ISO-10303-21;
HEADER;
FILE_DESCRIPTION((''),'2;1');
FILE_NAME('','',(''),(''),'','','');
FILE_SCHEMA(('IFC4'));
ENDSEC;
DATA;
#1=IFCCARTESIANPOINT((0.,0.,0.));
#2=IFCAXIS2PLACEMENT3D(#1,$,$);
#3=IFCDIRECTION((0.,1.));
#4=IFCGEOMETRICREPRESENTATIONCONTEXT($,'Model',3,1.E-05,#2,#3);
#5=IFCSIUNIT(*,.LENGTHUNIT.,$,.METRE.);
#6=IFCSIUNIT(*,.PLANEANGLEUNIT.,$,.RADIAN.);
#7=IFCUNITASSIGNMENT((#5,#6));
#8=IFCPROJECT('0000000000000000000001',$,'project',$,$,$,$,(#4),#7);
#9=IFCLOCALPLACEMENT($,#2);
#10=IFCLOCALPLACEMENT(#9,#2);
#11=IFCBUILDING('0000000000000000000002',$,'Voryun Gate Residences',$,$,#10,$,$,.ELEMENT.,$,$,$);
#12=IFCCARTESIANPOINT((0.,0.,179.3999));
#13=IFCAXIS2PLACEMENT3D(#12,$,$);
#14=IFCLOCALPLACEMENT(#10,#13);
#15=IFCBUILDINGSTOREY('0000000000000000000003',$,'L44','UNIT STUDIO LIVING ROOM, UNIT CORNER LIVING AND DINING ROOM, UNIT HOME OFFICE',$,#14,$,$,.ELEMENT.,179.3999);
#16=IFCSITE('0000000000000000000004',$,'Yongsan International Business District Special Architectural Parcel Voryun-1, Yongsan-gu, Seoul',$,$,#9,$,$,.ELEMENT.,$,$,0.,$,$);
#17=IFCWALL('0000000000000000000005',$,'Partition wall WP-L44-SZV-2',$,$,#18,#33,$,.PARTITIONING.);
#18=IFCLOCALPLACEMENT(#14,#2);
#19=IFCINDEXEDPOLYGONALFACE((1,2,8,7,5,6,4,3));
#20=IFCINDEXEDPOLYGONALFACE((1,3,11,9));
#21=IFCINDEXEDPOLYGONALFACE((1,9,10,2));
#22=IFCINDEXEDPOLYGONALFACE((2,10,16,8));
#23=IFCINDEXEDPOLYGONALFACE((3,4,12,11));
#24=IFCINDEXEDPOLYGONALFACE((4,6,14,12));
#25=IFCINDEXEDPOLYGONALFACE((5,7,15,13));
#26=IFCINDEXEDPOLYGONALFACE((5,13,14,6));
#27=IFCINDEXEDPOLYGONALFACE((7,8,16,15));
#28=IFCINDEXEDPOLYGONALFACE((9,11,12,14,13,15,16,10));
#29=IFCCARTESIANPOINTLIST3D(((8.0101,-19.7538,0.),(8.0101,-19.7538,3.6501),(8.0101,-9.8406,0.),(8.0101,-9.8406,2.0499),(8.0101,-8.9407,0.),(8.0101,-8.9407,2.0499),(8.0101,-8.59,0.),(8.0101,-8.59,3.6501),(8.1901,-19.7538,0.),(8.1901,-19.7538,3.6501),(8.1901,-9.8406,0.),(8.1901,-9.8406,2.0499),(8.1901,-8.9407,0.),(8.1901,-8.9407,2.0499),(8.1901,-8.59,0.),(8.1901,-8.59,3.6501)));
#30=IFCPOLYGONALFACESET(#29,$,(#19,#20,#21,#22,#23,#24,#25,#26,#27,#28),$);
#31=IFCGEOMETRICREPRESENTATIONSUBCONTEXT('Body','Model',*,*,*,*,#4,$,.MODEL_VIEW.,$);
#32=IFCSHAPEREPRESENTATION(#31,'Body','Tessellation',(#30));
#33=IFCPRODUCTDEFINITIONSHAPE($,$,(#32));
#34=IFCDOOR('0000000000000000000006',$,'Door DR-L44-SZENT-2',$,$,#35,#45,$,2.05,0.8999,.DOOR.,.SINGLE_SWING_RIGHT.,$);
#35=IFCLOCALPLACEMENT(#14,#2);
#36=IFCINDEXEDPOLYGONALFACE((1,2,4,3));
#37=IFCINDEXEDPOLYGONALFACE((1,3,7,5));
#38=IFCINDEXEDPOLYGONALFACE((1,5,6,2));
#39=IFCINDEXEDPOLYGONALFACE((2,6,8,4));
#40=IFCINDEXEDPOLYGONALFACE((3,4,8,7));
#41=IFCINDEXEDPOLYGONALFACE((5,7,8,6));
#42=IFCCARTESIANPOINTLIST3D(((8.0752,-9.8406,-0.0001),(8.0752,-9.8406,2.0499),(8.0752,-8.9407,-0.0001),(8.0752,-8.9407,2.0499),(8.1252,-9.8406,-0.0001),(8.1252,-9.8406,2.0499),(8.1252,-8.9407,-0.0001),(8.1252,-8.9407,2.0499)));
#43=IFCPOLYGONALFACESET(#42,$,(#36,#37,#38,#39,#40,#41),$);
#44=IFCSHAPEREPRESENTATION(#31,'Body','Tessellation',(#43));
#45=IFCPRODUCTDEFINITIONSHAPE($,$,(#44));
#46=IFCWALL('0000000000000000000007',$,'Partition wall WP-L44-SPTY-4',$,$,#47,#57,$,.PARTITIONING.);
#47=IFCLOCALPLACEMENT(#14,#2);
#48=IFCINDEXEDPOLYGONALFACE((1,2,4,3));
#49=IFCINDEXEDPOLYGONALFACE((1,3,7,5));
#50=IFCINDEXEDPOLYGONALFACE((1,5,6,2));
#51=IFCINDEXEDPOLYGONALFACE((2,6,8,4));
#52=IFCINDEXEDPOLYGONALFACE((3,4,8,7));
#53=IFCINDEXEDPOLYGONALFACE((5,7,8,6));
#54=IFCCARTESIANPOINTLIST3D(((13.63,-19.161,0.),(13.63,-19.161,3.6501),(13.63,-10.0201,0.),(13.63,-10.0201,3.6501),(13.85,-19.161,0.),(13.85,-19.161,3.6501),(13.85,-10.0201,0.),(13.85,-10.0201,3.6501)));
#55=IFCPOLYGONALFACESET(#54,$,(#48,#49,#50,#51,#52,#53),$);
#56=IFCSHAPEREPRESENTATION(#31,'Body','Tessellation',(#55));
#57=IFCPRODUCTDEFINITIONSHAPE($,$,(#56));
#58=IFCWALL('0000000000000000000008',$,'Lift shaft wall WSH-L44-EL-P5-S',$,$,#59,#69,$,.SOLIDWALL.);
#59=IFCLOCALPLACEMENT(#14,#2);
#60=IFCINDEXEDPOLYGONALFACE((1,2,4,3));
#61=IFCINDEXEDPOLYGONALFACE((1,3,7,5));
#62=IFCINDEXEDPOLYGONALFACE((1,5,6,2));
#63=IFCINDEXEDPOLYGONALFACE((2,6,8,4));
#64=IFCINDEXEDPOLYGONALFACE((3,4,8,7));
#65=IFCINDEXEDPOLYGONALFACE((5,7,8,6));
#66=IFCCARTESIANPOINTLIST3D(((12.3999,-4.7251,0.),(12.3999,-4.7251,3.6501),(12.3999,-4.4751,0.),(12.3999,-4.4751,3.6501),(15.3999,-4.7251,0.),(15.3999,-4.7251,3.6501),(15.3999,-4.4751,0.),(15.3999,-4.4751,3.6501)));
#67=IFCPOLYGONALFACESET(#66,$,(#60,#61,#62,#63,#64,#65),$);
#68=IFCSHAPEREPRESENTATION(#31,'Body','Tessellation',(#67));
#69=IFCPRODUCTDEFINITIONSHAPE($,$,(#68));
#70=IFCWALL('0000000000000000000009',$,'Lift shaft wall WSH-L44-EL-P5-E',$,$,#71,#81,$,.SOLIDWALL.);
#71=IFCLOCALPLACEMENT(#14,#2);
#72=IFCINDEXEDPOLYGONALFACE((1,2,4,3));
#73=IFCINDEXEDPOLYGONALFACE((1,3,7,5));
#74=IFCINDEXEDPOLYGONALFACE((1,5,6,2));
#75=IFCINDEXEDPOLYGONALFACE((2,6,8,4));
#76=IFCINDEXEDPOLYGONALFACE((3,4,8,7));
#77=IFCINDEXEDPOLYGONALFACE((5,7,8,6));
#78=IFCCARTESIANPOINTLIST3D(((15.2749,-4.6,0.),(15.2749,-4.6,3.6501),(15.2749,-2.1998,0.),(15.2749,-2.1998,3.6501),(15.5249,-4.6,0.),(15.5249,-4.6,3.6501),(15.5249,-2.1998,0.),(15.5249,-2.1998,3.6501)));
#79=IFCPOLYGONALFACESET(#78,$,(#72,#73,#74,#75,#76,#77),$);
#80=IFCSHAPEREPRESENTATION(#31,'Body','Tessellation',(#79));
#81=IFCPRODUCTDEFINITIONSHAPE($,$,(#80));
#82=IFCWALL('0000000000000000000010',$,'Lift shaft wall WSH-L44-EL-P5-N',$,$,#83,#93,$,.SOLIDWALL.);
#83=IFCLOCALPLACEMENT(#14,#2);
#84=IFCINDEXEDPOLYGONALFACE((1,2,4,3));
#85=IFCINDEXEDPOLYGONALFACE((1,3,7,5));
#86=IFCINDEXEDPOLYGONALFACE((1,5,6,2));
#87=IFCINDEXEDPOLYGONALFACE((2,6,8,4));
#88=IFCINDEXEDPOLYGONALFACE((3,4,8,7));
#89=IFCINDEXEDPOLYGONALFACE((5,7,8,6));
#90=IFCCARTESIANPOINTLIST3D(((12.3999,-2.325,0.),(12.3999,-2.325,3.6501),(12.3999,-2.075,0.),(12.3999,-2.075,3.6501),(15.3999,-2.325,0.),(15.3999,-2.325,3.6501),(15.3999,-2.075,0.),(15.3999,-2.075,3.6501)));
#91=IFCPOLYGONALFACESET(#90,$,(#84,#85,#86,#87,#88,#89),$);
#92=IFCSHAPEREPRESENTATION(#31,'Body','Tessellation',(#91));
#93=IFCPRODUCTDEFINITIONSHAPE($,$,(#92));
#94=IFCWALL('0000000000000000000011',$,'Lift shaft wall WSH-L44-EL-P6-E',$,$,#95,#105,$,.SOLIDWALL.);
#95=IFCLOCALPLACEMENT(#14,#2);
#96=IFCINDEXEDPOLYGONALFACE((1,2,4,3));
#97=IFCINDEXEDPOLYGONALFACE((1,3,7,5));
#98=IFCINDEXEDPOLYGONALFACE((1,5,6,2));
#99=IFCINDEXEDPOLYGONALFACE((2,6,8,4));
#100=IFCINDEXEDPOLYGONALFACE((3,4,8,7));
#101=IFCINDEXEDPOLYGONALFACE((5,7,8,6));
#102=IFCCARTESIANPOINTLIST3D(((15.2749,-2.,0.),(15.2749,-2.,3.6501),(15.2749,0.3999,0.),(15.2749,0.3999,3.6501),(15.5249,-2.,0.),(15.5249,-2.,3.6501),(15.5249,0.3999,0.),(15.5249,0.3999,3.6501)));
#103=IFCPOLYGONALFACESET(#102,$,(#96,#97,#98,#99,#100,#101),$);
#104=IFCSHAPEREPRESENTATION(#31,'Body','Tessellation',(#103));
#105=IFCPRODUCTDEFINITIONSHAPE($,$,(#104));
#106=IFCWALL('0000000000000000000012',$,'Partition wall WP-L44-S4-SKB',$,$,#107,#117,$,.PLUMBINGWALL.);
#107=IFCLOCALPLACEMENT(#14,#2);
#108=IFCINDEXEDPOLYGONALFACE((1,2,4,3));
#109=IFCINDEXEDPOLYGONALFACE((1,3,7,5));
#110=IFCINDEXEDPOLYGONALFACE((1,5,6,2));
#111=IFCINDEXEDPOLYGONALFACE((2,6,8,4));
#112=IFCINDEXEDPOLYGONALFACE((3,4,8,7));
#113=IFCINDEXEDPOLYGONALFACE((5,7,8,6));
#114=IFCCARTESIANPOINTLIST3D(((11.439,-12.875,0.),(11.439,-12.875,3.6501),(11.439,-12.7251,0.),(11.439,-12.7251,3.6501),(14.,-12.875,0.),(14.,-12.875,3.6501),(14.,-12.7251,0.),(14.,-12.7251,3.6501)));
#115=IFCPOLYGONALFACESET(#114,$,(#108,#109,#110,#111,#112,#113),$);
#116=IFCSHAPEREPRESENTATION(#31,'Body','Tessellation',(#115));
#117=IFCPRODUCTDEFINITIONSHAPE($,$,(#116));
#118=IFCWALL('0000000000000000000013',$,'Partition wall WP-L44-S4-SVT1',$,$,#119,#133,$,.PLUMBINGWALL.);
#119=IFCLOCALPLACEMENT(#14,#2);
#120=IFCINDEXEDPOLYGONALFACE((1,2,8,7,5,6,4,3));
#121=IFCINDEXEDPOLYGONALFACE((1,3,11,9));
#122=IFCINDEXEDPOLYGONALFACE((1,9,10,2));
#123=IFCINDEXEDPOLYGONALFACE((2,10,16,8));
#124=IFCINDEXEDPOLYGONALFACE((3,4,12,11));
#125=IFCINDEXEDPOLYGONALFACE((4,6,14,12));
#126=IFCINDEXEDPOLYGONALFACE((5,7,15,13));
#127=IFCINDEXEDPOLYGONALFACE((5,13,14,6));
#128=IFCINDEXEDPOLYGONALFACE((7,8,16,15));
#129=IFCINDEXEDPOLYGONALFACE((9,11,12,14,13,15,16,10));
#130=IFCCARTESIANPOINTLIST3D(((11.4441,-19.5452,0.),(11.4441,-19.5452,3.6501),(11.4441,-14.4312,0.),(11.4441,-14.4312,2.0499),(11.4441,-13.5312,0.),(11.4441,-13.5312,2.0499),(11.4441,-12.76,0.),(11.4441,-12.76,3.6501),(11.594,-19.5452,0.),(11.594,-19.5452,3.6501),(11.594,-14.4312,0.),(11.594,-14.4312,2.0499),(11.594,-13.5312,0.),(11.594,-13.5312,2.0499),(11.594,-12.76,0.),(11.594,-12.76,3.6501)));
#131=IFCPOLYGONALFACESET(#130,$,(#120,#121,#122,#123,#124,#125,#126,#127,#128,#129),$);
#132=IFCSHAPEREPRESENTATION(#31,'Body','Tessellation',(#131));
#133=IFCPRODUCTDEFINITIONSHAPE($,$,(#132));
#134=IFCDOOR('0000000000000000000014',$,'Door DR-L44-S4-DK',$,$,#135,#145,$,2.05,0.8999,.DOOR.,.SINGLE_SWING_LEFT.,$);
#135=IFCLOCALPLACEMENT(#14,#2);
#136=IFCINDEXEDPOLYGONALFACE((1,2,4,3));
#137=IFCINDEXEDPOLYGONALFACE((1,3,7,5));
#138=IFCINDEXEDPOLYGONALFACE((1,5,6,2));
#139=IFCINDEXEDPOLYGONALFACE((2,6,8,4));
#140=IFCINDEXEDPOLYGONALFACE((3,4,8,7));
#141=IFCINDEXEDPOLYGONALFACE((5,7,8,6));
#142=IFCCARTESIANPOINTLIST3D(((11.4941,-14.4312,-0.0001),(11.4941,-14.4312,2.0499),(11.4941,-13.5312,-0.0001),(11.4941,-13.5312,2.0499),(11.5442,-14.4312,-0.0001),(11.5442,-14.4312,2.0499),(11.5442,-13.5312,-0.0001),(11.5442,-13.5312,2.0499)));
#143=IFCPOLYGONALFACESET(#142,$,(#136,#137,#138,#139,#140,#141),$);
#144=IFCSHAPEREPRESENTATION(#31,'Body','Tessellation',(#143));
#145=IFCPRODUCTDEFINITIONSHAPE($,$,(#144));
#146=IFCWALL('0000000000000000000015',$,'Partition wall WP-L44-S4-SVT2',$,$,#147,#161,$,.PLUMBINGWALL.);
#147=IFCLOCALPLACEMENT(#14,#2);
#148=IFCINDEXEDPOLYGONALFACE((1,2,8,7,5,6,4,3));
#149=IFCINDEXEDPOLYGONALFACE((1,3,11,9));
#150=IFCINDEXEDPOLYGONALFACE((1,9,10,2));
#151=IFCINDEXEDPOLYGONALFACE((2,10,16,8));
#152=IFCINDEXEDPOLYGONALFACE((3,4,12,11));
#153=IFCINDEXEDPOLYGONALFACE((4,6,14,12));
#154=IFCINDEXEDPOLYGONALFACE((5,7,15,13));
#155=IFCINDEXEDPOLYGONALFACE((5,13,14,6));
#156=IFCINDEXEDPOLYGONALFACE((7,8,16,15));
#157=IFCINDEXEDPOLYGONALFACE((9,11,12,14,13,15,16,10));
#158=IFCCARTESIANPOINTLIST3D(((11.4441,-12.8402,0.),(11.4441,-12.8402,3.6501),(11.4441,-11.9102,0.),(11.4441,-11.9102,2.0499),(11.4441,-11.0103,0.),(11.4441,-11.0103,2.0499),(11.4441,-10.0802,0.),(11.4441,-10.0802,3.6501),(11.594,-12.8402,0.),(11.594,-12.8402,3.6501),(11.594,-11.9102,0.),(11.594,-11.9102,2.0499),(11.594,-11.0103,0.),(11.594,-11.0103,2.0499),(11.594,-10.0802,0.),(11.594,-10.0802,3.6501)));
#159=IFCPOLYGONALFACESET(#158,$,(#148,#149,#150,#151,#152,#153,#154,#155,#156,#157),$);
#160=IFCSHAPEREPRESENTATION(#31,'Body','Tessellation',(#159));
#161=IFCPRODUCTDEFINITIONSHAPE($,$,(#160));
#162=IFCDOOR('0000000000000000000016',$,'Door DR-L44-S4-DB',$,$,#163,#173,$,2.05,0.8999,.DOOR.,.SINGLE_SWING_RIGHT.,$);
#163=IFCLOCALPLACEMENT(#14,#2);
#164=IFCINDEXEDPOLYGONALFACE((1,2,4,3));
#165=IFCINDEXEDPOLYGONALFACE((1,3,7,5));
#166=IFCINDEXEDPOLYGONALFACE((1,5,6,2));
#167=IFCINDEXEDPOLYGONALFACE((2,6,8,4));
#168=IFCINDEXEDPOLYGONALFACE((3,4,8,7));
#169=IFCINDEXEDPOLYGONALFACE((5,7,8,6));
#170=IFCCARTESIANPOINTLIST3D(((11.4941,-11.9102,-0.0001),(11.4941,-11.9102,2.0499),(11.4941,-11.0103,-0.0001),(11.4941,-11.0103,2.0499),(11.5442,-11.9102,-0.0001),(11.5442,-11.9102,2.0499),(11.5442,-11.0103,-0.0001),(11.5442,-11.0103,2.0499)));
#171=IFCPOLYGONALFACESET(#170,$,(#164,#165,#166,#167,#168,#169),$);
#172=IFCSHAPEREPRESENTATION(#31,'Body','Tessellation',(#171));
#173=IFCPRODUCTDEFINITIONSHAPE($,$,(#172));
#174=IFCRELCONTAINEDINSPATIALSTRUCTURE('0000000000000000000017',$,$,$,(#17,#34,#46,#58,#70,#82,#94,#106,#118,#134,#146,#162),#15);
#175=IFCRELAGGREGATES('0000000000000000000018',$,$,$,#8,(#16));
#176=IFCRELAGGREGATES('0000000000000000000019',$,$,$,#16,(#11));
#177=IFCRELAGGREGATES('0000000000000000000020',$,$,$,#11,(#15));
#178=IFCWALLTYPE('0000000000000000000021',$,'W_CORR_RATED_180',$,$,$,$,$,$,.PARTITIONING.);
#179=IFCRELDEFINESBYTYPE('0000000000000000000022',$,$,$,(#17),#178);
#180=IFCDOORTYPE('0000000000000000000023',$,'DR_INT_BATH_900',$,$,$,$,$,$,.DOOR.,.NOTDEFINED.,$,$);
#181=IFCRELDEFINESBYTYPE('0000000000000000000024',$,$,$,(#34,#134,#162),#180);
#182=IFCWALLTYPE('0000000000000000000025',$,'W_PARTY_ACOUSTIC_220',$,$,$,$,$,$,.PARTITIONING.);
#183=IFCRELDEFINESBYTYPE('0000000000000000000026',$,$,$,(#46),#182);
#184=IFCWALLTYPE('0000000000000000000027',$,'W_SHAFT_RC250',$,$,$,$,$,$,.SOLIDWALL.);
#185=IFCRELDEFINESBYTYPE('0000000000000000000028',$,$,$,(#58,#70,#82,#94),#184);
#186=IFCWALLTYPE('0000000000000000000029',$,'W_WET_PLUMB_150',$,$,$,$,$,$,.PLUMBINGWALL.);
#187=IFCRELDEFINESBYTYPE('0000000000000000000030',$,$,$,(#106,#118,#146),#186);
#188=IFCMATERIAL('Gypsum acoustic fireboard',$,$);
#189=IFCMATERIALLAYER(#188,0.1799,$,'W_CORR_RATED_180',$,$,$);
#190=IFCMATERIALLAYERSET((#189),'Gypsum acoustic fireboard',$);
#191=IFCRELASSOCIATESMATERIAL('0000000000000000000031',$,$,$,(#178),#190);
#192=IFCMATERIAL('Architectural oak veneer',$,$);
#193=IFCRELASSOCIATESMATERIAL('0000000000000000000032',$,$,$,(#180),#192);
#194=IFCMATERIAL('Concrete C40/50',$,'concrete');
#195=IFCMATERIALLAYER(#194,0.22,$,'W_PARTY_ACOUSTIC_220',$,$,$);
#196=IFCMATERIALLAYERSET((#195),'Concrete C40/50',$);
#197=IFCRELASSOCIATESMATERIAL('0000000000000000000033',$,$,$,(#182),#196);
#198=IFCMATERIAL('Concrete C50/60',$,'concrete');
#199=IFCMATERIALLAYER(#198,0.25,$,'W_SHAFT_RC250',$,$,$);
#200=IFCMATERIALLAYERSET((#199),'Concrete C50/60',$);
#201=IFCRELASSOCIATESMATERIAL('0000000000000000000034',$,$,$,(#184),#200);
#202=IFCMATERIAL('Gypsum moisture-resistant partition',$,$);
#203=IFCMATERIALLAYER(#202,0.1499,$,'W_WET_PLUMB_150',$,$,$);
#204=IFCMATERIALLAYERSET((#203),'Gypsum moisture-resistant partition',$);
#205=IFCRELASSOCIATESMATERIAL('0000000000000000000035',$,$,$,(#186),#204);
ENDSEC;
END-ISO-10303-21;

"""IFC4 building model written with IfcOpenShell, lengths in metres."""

from ifc_helpers import new_model, si_unit, direction, frame, frame_2d, origin, place, context, subcontext, project, spatial, rectangle, extrude, material, layer, layer_set, type_object, element, fill, save


model = new_model("IFC4")

# Units and contexts
model_context = context("Model", 3, precision=1e-05, world=origin(), true_north=direction((0.0, 1.0)))
body_context = subcontext(model_context, "Body", "Model", "MODEL_VIEW")
ifc_project = project(units=[si_unit("LENGTHUNIT", "METRE"), si_unit("PLANEANGLEUNIT", "RADIAN")], contexts=[model_context])

# Site, building, storey
site_placement = place(None, origin())
site = spatial("IfcSite", under=ifc_project, at=site_placement, Name="Yongsan International Business District Special Architectural Parcel Voryun-1, Yongsan-gu, Seoul", CompositionType="ELEMENT", RefElevation=0.0)
building_placement = place(site_placement, origin())
building = spatial("IfcBuilding", under=site, at=building_placement, Name="Voryun Gate Residences", CompositionType="ELEMENT")
storey_placement = place(building_placement, frame((0.0, 0.0, 179.3999)))
storey = spatial("IfcBuildingStorey", under=building, at=storey_placement, Name="L44", Description="UNIT STUDIO LIVING ROOM, UNIT CORNER LIVING AND DINING ROOM, UNIT HOME OFFICE", CompositionType="ELEMENT", Elevation=179.3999)

# Shared definitions
ifc_material_1 = material(Name="Gypsum acoustic fireboard")
ifc_layer_1 = layer(ifc_material_1, 0.1799, Name="W_CORR_RATED_180")
ifc_layer_set_1 = layer_set([ifc_layer_1], Name="Gypsum acoustic fireboard")
wall_type_1 = type_object("IfcWallType", Name="W_CORR_RATED_180", PredefinedType="PARTITIONING", material=ifc_layer_set_1)

# Wall, opening, door
wall_1_placement = place(storey_placement, frame((8.1001, -19.7539, 0.0), z_axis=(0.0, 0.0, 1.0), x_axis=(0.0, 1.0, 0.0)))
wall_1 = element("IfcWall", 1, at=wall_1_placement, inside=storey, type_object=wall_type_1, Name="Partition wall WP-L44-SZV-2", PredefinedType="PARTITIONING", context=body_context, shape_type="SweptSolid", body=[
    extrude(rectangle(XDim=11.1638, YDim=0.1799, at=frame_2d((5.582, 0.0))), origin(), (0.0, 0.0, 1.0), 3.6501),
])
opening_1_placement = place(wall_1_placement, frame((9.9133, 0.0, 0.0)))
opening_1 = element("IfcOpeningElement", 2, at=opening_1_placement, cuts=wall_1, PredefinedType="OPENING", context=body_context, shape_type="SweptSolid", body=[
    extrude(rectangle(XDim=0.8999, YDim=2.05, at=frame_2d((0.45, 1.0249))), frame((0.0, 0.0999, 0.0), z_axis=(0.0, -1.0, 0.0), x_axis=(1.0, 0.0, 0.0)), (0.0, 0.0, 1.0), 0.2),
])
ifc_material_2 = material(Name="Architectural oak veneer")
door_type_1 = type_object("IfcDoorType", Name="DR_INT_BATH_900", OperationType="NOTDEFINED", PredefinedType="DOOR", material=ifc_material_2)
door_1_placement = place(opening_1_placement, origin())
door_1 = element("IfcDoor", 3, at=door_1_placement, inside=storey, type_object=door_type_1, Name="Door DR-L44-SZENT-2", OperationType="SINGLE_SWING_RIGHT", OverallHeight=2.05, OverallWidth=0.8999, PredefinedType="DOOR", context=body_context, shape_type="SweptSolid", body=[
    extrude(rectangle(XDim=0.8999, YDim=2.05, at=frame_2d((0.45, 1.0249))), frame((0.0, 0.0249, 0.0), z_axis=(0.0, -1.0, 0.0), x_axis=(1.0, 0.0, 0.0)), (0.0, 0.0, 1.0), 0.05),
])
fill(opening_1, door_1)

# Walls
ifc_material_3 = material(Name="Concrete C40/50", Category="concrete")
ifc_layer_2 = layer(ifc_material_3, 0.22, Name="W_PARTY_ACOUSTIC_220")
ifc_layer_set_2 = layer_set([ifc_layer_2], Name="Concrete C40/50")
wall_type_2 = type_object("IfcWallType", Name="W_PARTY_ACOUSTIC_220", PredefinedType="PARTITIONING", material=ifc_layer_set_2)
wall_2_placement = place(storey_placement, frame((13.74, -19.1609, 0.0), z_axis=(0.0, 0.0, 1.0), x_axis=(0.0, 1.0, 0.0)))
element("IfcWall", 4, at=wall_2_placement, inside=storey, type_object=wall_type_2, Name="Partition wall WP-L44-SPTY-4", PredefinedType="PARTITIONING", context=body_context, shape_type="SweptSolid", body=[
    extrude(rectangle(XDim=9.1409, YDim=0.22, at=frame_2d((4.5703, 0.0))), origin(), (0.0, 0.0, 1.0), 3.6501),
])
ifc_material_4 = material(Name="Concrete C50/60", Category="concrete")
ifc_layer_3 = layer(ifc_material_4, 0.25, Name="W_SHAFT_RC250")
ifc_layer_set_3 = layer_set([ifc_layer_3], Name="Concrete C50/60")
wall_type_3 = type_object("IfcWallType", Name="W_SHAFT_RC250", PredefinedType="SOLIDWALL", material=ifc_layer_set_3)
wall_3_placement = place(storey_placement, frame((12.3999, -4.6001, 0.0), z_axis=(0.0, 0.0, 1.0), x_axis=(1.0, 0.0, 0.0)))
element("IfcWall", 5, at=wall_3_placement, inside=storey, type_object=wall_type_3, Name="Lift shaft wall WSH-L44-EL-P5-S", PredefinedType="SOLIDWALL", context=body_context, shape_type="SweptSolid", body=[
    extrude(rectangle(XDim=3.0, YDim=0.25, at=frame_2d((1.5, 0.0))), origin(), (0.0, 0.0, 1.0), 3.6501),
])
wall_4_placement = place(storey_placement, frame((15.3999, -4.6001, 0.0), z_axis=(0.0, 0.0, 1.0), x_axis=(0.0, 1.0, 0.0)))
element("IfcWall", 6, at=wall_4_placement, inside=storey, type_object=wall_type_3, Name="Lift shaft wall WSH-L44-EL-P5-E", PredefinedType="SOLIDWALL", context=body_context, shape_type="SweptSolid", body=[
    extrude(rectangle(XDim=2.4001, YDim=0.25, at=frame_2d((1.2002, 0.0))), origin(), (0.0, 0.0, 1.0), 3.6501),
])
wall_5_placement = place(storey_placement, frame((15.3999, -2.2, 0.0), z_axis=(0.0, 0.0, 1.0), x_axis=(-1.0, 0.0, 0.0)))
element("IfcWall", 7, at=wall_5_placement, inside=storey, type_object=wall_type_3, Name="Lift shaft wall WSH-L44-EL-P5-N", PredefinedType="SOLIDWALL", context=body_context, shape_type="SweptSolid", body=[
    extrude(rectangle(XDim=3.0, YDim=0.25, at=frame_2d((1.5, 0.0))), origin(), (0.0, 0.0, 1.0), 3.6501),
])
wall_6_placement = place(storey_placement, frame((15.3999, -2.0, 0.0), z_axis=(0.0, 0.0, 1.0), x_axis=(0.0, 1.0, 0.0)))
element("IfcWall", 8, at=wall_6_placement, inside=storey, type_object=wall_type_3, Name="Lift shaft wall WSH-L44-EL-P6-E", PredefinedType="SOLIDWALL", context=body_context, shape_type="SweptSolid", body=[
    extrude(rectangle(XDim=2.3999, YDim=0.25, at=frame_2d((1.2, 0.0))), origin(), (0.0, 0.0, 1.0), 3.6501),
])
ifc_material_5 = material(Name="Gypsum moisture-resistant partition")
ifc_layer_4 = layer(ifc_material_5, 0.1499, Name="W_WET_PLUMB_150")
ifc_layer_set_4 = layer_set([ifc_layer_4], Name="Gypsum moisture-resistant partition")
wall_type_4 = type_object("IfcWallType", Name="W_WET_PLUMB_150", PredefinedType="PLUMBINGWALL", material=ifc_layer_set_4)
wall_7_placement = place(storey_placement, frame((11.439, -12.8, 0.0), z_axis=(0.0, 0.0, 1.0), x_axis=(1.0, 0.0, 0.0)))
element("IfcWall", 9, at=wall_7_placement, inside=storey, type_object=wall_type_4, Name="Partition wall WP-L44-S4-SKB", PredefinedType="PLUMBINGWALL", context=body_context, shape_type="SweptSolid", body=[
    extrude(rectangle(XDim=2.561, YDim=0.1499, at=frame_2d((1.2805, 0.0))), origin(), (0.0, 0.0, 1.0), 3.6501),
])

# Walls, openings, doors
wall_8_placement = place(storey_placement, frame((11.519, -19.5452, 0.0), z_axis=(0.0, 0.0, 1.0), x_axis=(0.0, 1.0, 0.0)))
wall_8 = element("IfcWall", 10, at=wall_8_placement, inside=storey, type_object=wall_type_4, Name="Partition wall WP-L44-S4-SVT1", PredefinedType="PLUMBINGWALL", context=body_context, shape_type="SweptSolid", body=[
    extrude(rectangle(XDim=6.7852, YDim=0.1499, at=frame_2d((3.3926, 0.0))), origin(), (0.0, 0.0, 1.0), 3.6501),
])
opening_2_placement = place(wall_8_placement, frame((5.114, 0.0, 0.0)))
opening_2 = element("IfcOpeningElement", 11, at=opening_2_placement, cuts=wall_8, PredefinedType="OPENING", context=body_context, shape_type="SweptSolid", body=[
    extrude(rectangle(XDim=0.8999, YDim=2.05, at=frame_2d((0.45, 1.0249))), frame((0.0, 0.085, 0.0), z_axis=(0.0, -1.0, 0.0), x_axis=(1.0, 0.0, 0.0)), (0.0, 0.0, 1.0), 0.1699),
])
door_2_placement = place(opening_2_placement, origin())
door_2 = element("IfcDoor", 12, at=door_2_placement, inside=storey, type_object=door_type_1, Name="Door DR-L44-S4-DK", OperationType="SINGLE_SWING_LEFT", OverallHeight=2.05, OverallWidth=0.8999, PredefinedType="DOOR", context=body_context, shape_type="SweptSolid", body=[
    extrude(rectangle(XDim=0.8999, YDim=2.05, at=frame_2d((0.45, 1.0249))), frame((0.0, 0.0249, 0.0), z_axis=(0.0, -1.0, 0.0), x_axis=(1.0, 0.0, 0.0)), (0.0, 0.0, 1.0), 0.05),
])
fill(opening_2, door_2)
wall_9_placement = place(storey_placement, frame((11.519, -12.8401, 0.0), z_axis=(0.0, 0.0, 1.0), x_axis=(0.0, 1.0, 0.0)))
wall_9 = element("IfcWall", 13, at=wall_9_placement, inside=storey, type_object=wall_type_4, Name="Partition wall WP-L44-S4-SVT2", PredefinedType="PLUMBINGWALL", context=body_context, shape_type="SweptSolid", body=[
    extrude(rectangle(XDim=2.76, YDim=0.1499, at=frame_2d((1.3799, 0.0))), origin(), (0.0, 0.0, 1.0), 3.6501),
])
opening_3_placement = place(wall_9_placement, frame((0.9299, 0.0, 0.0)))
opening_3 = element("IfcOpeningElement", 14, at=opening_3_placement, cuts=wall_9, PredefinedType="OPENING", context=body_context, shape_type="SweptSolid", body=[
    extrude(rectangle(XDim=0.8999, YDim=2.05, at=frame_2d((0.45, 1.0249))), frame((0.0, 0.085, 0.0), z_axis=(0.0, -1.0, 0.0), x_axis=(1.0, 0.0, 0.0)), (0.0, 0.0, 1.0), 0.1699),
])
door_3_placement = place(opening_3_placement, origin())
door_3 = element("IfcDoor", 15, at=door_3_placement, inside=storey, type_object=door_type_1, Name="Door DR-L44-S4-DB", OperationType="SINGLE_SWING_RIGHT", OverallHeight=2.05, OverallWidth=0.8999, PredefinedType="DOOR", context=body_context, shape_type="SweptSolid", body=[
    extrude(rectangle(XDim=0.8999, YDim=2.05, at=frame_2d((0.45, 1.0249))), frame((0.0, 0.0249, 0.0), z_axis=(0.0, -1.0, 0.0), x_axis=(1.0, 0.0, 0.0)), (0.0, 0.0, 1.0), 0.05),
])
fill(opening_3, door_3)

save(model, "model.ifc")
